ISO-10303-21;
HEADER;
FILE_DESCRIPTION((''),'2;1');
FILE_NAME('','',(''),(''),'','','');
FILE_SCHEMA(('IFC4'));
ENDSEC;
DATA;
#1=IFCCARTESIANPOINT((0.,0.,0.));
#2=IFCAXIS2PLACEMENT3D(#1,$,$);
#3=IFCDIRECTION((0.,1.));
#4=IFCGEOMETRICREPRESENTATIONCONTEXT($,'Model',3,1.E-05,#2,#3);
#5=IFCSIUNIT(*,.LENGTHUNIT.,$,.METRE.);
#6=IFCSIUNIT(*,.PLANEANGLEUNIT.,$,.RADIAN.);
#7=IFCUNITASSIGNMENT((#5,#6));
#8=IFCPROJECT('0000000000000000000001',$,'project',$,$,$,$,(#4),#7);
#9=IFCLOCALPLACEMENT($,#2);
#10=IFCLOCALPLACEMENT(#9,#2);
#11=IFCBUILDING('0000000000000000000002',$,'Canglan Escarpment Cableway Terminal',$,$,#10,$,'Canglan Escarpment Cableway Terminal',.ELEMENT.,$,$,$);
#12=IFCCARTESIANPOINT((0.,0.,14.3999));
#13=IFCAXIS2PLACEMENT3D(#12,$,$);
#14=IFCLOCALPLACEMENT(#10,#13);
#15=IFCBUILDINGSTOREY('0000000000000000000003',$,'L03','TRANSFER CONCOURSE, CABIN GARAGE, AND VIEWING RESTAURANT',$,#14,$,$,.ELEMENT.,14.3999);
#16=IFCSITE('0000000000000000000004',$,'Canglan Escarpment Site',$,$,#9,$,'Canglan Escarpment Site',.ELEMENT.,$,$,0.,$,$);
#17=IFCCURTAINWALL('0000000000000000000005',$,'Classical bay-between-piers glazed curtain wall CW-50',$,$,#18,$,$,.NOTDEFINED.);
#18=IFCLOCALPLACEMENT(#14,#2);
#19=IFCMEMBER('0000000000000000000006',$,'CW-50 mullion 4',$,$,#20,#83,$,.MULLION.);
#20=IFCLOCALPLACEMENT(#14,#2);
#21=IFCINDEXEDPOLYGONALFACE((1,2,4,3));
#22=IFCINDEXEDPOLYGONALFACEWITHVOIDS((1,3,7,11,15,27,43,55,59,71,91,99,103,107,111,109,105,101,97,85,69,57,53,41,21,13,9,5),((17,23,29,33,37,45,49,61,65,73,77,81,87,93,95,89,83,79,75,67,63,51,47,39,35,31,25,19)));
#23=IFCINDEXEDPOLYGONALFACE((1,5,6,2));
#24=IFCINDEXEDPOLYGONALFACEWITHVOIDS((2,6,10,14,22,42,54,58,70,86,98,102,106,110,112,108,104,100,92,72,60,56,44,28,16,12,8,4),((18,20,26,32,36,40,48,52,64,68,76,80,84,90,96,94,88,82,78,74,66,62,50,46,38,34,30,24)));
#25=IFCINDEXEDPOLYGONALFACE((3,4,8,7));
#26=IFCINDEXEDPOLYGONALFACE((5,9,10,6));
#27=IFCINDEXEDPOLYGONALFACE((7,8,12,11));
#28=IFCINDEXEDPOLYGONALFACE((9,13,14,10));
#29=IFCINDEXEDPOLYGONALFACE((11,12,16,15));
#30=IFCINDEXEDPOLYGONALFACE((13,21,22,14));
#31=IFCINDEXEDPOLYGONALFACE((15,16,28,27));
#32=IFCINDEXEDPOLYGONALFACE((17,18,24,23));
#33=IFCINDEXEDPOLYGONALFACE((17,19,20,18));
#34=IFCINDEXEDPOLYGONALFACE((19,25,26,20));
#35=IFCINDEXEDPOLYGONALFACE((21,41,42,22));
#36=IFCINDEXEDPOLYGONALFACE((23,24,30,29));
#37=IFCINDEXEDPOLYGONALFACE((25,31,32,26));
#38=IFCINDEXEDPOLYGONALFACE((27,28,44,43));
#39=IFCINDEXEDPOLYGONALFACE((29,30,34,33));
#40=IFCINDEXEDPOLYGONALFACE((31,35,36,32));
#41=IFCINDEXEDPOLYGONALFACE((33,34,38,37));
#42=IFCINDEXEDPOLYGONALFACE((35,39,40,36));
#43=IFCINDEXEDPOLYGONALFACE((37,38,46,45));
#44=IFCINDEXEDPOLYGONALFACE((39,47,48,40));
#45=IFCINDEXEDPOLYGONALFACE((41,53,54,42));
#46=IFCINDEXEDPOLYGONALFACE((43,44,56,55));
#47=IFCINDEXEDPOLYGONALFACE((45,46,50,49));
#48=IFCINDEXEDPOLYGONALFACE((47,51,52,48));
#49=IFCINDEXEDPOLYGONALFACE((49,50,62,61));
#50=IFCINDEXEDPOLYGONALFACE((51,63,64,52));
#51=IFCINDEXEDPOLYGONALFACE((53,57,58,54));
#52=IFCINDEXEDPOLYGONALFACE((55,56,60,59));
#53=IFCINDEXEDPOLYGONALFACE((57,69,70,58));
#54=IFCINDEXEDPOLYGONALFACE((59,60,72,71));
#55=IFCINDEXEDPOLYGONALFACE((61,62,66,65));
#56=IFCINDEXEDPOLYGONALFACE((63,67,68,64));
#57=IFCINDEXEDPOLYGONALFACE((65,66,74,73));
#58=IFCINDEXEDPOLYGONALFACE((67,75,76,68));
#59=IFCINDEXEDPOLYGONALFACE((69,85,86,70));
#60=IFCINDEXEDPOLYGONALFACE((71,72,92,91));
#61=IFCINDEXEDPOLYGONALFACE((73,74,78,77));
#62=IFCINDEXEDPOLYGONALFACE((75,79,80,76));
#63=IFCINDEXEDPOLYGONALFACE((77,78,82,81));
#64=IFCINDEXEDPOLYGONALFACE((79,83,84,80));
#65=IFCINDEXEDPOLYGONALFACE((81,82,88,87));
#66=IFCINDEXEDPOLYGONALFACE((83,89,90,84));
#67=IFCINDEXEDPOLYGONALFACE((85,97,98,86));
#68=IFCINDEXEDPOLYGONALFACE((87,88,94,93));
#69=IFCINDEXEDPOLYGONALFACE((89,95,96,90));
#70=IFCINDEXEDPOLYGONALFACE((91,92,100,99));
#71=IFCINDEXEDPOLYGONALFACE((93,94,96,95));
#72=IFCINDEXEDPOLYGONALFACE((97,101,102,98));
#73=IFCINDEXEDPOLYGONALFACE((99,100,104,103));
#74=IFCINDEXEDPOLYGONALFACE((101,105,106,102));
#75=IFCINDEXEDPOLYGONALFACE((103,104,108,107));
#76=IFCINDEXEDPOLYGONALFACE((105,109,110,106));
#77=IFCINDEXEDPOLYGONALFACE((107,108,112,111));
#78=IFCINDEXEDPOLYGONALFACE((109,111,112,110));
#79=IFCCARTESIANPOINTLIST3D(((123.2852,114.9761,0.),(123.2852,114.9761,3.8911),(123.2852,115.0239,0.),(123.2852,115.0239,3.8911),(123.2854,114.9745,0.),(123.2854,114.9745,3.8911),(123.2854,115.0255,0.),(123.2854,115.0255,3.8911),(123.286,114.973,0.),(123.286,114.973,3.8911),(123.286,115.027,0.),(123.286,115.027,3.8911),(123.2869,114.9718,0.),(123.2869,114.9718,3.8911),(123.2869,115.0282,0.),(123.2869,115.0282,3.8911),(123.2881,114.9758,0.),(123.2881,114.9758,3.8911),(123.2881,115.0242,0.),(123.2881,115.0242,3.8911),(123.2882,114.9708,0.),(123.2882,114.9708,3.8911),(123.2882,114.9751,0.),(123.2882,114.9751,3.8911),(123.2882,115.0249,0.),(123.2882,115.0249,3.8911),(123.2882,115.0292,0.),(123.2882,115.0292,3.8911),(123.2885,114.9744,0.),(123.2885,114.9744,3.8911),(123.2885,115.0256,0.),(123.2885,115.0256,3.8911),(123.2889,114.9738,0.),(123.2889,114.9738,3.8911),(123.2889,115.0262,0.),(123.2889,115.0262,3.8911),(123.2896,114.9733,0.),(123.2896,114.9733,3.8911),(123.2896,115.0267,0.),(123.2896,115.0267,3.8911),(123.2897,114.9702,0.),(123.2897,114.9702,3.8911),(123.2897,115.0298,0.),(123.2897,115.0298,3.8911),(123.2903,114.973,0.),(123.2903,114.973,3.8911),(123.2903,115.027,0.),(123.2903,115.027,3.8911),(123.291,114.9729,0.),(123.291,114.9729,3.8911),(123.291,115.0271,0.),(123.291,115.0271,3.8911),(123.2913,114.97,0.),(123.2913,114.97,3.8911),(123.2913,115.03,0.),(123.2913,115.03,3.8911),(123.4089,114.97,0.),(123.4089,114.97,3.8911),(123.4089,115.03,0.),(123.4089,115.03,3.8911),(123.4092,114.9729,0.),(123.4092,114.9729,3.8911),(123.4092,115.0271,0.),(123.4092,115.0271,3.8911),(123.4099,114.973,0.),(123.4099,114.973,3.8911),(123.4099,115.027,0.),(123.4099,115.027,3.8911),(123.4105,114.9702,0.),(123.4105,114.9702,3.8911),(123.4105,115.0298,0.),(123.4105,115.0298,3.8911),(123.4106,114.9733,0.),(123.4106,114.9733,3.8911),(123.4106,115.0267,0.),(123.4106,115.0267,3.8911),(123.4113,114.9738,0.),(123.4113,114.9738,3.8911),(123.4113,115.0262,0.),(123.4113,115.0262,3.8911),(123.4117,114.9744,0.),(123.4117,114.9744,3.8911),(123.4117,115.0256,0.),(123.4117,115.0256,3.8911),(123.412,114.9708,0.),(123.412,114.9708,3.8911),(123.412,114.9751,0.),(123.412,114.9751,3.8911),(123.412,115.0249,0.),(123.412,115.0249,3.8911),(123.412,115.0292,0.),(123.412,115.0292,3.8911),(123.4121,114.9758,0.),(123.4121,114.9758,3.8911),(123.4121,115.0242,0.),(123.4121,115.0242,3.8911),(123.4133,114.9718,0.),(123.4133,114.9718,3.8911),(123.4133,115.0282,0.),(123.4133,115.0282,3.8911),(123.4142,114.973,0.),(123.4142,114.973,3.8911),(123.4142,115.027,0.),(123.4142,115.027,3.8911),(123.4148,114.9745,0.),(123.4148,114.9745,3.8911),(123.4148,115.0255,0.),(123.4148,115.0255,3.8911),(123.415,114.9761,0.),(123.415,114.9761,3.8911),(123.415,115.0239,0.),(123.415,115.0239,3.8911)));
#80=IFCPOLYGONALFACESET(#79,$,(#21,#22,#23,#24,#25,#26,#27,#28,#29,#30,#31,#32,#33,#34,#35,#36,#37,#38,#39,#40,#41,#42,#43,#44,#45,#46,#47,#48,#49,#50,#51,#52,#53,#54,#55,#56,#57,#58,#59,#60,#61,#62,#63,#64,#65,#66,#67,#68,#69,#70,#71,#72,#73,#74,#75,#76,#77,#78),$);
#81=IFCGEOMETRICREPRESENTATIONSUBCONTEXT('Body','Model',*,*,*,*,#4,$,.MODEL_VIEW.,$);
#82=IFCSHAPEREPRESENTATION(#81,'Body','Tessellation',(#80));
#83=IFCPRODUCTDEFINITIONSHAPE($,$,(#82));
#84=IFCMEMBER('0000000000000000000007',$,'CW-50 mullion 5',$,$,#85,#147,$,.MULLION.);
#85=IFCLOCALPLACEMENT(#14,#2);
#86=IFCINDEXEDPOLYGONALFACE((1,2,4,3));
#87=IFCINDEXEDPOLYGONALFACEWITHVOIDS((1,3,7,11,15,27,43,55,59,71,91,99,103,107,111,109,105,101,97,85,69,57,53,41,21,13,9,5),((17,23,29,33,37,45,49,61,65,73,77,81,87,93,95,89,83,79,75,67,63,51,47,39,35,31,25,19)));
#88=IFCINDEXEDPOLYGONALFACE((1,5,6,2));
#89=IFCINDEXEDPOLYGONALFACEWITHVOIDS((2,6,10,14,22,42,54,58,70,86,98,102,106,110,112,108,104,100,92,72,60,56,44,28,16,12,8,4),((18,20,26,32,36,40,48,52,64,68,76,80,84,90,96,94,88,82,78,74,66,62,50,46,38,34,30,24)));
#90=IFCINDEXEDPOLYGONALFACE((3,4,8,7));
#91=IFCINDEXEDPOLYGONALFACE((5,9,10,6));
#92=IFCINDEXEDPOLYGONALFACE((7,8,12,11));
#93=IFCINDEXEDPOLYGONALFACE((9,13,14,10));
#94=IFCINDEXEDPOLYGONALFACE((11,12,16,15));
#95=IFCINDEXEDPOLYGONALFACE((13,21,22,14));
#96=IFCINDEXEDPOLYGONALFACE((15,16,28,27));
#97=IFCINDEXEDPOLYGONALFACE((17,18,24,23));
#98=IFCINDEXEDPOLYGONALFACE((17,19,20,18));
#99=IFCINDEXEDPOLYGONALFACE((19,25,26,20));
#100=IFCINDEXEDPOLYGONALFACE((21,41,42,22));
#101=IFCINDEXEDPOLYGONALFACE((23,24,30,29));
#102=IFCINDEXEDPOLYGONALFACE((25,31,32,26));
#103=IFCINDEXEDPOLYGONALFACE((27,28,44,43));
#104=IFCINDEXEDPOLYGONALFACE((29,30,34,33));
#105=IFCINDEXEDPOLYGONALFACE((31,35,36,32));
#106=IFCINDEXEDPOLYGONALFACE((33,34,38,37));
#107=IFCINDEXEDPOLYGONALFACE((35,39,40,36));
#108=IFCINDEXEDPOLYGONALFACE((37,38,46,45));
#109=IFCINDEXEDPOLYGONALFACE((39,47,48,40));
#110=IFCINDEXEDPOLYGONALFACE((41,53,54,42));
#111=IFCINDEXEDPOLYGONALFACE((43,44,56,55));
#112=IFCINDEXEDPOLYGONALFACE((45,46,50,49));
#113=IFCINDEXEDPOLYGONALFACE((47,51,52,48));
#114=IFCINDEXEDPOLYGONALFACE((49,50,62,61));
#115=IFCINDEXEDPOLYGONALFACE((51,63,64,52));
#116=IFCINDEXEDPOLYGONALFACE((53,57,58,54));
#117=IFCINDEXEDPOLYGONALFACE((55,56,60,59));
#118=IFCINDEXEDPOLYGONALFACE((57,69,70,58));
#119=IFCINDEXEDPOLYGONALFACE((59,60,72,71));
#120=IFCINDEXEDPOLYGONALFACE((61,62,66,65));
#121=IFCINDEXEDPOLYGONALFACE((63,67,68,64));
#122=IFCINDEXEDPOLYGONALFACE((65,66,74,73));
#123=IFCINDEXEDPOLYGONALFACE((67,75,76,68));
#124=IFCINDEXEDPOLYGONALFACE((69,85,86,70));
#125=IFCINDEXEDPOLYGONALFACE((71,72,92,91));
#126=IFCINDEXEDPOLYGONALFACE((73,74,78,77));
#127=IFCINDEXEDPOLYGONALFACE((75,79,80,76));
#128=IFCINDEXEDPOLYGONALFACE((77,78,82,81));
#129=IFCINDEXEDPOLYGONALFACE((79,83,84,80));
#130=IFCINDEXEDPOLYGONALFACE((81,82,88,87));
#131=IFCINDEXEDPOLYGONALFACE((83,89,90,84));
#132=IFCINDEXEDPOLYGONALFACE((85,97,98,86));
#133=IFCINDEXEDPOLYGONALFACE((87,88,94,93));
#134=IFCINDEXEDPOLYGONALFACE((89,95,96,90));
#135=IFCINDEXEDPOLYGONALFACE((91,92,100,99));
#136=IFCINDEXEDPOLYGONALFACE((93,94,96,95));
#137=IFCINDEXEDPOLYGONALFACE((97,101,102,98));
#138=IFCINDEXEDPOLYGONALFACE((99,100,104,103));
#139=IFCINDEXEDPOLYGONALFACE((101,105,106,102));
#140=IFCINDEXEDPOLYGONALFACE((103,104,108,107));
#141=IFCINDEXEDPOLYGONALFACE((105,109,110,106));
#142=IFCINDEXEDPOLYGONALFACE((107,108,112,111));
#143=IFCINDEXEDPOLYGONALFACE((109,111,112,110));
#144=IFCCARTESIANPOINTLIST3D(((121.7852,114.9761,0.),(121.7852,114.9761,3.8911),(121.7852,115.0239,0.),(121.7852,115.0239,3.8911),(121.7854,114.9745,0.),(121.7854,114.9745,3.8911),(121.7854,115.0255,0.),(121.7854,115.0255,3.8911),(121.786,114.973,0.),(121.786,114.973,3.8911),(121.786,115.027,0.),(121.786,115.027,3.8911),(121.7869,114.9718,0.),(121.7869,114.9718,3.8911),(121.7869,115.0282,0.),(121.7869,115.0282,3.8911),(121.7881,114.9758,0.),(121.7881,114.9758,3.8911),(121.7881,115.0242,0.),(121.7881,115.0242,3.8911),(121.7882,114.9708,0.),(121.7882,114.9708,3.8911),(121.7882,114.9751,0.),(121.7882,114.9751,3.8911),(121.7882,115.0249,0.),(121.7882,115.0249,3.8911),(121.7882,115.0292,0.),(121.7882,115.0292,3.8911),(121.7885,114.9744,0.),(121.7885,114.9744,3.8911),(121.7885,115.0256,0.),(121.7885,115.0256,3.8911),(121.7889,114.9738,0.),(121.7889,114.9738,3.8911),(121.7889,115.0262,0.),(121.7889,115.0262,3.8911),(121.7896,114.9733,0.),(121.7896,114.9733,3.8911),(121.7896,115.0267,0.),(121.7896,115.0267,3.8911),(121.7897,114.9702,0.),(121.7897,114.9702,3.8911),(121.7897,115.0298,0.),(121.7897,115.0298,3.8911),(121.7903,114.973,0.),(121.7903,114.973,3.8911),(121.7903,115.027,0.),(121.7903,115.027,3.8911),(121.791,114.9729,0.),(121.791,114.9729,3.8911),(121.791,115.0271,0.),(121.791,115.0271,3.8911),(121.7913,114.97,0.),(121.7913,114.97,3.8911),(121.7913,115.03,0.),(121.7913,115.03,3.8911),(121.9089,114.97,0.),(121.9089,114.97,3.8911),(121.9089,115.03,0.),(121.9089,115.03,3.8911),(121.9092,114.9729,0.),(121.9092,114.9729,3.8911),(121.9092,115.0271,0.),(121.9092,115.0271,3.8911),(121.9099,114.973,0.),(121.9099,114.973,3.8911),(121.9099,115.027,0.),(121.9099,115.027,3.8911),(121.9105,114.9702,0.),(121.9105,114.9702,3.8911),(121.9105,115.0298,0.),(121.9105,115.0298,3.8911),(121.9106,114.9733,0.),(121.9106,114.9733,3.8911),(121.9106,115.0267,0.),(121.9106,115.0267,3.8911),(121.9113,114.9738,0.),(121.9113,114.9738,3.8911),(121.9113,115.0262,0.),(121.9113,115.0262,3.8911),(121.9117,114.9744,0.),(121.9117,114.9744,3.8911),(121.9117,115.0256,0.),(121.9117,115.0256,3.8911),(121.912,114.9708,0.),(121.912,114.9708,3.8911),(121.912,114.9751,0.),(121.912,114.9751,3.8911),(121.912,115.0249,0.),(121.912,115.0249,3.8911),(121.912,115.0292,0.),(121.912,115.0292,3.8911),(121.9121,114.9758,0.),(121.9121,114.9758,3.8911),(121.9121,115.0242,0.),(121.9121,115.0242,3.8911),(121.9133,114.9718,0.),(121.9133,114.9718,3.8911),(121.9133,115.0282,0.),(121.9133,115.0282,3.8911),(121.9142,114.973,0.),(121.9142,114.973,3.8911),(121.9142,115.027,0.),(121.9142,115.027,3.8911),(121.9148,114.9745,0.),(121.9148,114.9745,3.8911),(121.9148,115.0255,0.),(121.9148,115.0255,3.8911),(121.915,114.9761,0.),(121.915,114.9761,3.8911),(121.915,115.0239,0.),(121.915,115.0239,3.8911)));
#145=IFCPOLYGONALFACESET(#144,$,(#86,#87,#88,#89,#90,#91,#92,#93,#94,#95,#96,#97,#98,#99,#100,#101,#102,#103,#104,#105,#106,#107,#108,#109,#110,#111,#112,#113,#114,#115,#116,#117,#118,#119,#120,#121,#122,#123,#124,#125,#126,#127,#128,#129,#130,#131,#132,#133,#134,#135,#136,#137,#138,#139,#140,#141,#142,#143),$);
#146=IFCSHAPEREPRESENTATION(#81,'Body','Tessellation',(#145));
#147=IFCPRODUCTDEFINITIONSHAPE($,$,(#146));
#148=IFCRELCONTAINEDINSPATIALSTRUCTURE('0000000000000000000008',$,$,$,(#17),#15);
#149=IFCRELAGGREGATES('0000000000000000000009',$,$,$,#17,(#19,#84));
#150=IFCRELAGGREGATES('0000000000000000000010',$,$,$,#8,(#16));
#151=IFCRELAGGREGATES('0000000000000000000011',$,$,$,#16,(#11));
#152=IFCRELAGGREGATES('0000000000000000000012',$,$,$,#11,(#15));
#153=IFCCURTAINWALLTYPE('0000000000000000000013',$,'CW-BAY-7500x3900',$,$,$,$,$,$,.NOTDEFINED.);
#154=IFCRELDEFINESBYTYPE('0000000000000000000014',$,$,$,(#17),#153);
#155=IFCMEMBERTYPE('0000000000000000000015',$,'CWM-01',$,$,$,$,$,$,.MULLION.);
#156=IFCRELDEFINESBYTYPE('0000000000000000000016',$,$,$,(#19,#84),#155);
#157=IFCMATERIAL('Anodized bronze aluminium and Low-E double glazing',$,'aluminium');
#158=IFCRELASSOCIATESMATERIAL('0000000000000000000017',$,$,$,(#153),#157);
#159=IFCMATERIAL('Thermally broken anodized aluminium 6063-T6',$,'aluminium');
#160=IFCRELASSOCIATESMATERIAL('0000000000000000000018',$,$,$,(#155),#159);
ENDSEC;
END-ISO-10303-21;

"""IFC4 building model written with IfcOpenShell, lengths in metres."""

from ifc_helpers import new_model, si_unit, direction, frame, origin, origin_2d, place, context, subcontext, project, spatial, hollow_rectangle, extrude, material, material_profile, profile_set, type_object, element, aggregate, save


model = new_model("IFC4")

# Units and contexts
model_context = context("Model", 3, precision=1e-05, world=origin(), true_north=direction((0.0, 1.0)))
body_context = subcontext(model_context, "Body", "Model", "MODEL_VIEW")
ifc_project = project(units=[si_unit("LENGTHUNIT", "METRE"), si_unit("PLANEANGLEUNIT", "RADIAN")], contexts=[model_context])

# Site, building, storey
site_placement = place(None, origin())
site = spatial("IfcSite", under=ifc_project, at=site_placement, Name="Canglan Escarpment Site", LongName="Canglan Escarpment Site", CompositionType="ELEMENT", RefElevation=0.0)
building_placement = place(site_placement, origin())
building = spatial("IfcBuilding", under=site, at=building_placement, Name="Canglan Escarpment Cableway Terminal", LongName="Canglan Escarpment Cableway Terminal", CompositionType="ELEMENT")
storey_placement = place(building_placement, frame((0.0, 0.0, 14.3999)))
storey = spatial("IfcBuildingStorey", under=building, at=storey_placement, Name="L03", Description="TRANSFER CONCOURSE, CABIN GARAGE, AND VIEWING RESTAURANT", CompositionType="ELEMENT", Elevation=14.3999)

# Curtain wall, members
ifc_material_1 = material(Name="Anodized bronze aluminium and Low-E double glazing", Category="aluminium")
curtain_wall_type = type_object("IfcCurtainWallType", Name="CW-BAY-7500x3900", PredefinedType="NOTDEFINED", material=ifc_material_1)
curtain_wall_placement = place(storey_placement, origin())
curtain_wall = element("IfcCurtainWall", 1, at=curtain_wall_placement, inside=storey, type_object=curtain_wall_type, Name="Classical bay-between-piers glazed curtain wall CW-50", PredefinedType="NOTDEFINED")
ifc_material_2 = material(Name="Thermally broken anodized aluminium 6063-T6", Category="aluminium")
ifc_material_profile_1 = material_profile(ifc_material_2, hollow_rectangle(XDim=0.0601, YDim=0.1299, WallThickness=0.0029, InnerFilletRadius=0.0029, OuterFilletRadius=0.0061, at=origin_2d()), Name="ALU-MULL 60x130x3")
ifc_profile_set_1 = profile_set([ifc_material_profile_1], Name="Thermally broken anodized aluminium 6063-T6")
member_type_1 = type_object("IfcMemberType", Name="CWM-01", PredefinedType="MULLION", material=ifc_profile_set_1)
member_1_placement = place(storey_placement, frame((123.3501, 115.0, 0.0), z_axis=(0.0, 0.0, 1.0), x_axis=(0.0, -1.0, 0.0)))
member_1 = element("IfcMember", 2, at=member_1_placement, type_object=member_type_1, Name="CW-50 mullion 4", PredefinedType="MULLION", context=body_context, shape_type="SweptSolid", body=[
    extrude(hollow_rectangle(XDim=0.0601, YDim=0.1299, WallThickness=0.0029, InnerFilletRadius=0.0029, OuterFilletRadius=0.0061, at=origin_2d()), origin(), (0.0, 0.0, 1.0), 3.8911),
])
member_2_placement = place(storey_placement, frame((121.8501, 115.0, 0.0), z_axis=(0.0, 0.0, 1.0), x_axis=(0.0, -1.0, 0.0)))
member_2 = element("IfcMember", 3, at=member_2_placement, type_object=member_type_1, Name="CW-50 mullion 5", PredefinedType="MULLION", context=body_context, shape_type="SweptSolid", body=[
    extrude(hollow_rectangle(XDim=0.0601, YDim=0.1299, WallThickness=0.0029, InnerFilletRadius=0.0029, OuterFilletRadius=0.0061, at=origin_2d()), origin(), (0.0, 0.0, 1.0), 3.8911),
])
aggregate(curtain_wall, [member_1, member_2])

save(model, "model.ifc")
